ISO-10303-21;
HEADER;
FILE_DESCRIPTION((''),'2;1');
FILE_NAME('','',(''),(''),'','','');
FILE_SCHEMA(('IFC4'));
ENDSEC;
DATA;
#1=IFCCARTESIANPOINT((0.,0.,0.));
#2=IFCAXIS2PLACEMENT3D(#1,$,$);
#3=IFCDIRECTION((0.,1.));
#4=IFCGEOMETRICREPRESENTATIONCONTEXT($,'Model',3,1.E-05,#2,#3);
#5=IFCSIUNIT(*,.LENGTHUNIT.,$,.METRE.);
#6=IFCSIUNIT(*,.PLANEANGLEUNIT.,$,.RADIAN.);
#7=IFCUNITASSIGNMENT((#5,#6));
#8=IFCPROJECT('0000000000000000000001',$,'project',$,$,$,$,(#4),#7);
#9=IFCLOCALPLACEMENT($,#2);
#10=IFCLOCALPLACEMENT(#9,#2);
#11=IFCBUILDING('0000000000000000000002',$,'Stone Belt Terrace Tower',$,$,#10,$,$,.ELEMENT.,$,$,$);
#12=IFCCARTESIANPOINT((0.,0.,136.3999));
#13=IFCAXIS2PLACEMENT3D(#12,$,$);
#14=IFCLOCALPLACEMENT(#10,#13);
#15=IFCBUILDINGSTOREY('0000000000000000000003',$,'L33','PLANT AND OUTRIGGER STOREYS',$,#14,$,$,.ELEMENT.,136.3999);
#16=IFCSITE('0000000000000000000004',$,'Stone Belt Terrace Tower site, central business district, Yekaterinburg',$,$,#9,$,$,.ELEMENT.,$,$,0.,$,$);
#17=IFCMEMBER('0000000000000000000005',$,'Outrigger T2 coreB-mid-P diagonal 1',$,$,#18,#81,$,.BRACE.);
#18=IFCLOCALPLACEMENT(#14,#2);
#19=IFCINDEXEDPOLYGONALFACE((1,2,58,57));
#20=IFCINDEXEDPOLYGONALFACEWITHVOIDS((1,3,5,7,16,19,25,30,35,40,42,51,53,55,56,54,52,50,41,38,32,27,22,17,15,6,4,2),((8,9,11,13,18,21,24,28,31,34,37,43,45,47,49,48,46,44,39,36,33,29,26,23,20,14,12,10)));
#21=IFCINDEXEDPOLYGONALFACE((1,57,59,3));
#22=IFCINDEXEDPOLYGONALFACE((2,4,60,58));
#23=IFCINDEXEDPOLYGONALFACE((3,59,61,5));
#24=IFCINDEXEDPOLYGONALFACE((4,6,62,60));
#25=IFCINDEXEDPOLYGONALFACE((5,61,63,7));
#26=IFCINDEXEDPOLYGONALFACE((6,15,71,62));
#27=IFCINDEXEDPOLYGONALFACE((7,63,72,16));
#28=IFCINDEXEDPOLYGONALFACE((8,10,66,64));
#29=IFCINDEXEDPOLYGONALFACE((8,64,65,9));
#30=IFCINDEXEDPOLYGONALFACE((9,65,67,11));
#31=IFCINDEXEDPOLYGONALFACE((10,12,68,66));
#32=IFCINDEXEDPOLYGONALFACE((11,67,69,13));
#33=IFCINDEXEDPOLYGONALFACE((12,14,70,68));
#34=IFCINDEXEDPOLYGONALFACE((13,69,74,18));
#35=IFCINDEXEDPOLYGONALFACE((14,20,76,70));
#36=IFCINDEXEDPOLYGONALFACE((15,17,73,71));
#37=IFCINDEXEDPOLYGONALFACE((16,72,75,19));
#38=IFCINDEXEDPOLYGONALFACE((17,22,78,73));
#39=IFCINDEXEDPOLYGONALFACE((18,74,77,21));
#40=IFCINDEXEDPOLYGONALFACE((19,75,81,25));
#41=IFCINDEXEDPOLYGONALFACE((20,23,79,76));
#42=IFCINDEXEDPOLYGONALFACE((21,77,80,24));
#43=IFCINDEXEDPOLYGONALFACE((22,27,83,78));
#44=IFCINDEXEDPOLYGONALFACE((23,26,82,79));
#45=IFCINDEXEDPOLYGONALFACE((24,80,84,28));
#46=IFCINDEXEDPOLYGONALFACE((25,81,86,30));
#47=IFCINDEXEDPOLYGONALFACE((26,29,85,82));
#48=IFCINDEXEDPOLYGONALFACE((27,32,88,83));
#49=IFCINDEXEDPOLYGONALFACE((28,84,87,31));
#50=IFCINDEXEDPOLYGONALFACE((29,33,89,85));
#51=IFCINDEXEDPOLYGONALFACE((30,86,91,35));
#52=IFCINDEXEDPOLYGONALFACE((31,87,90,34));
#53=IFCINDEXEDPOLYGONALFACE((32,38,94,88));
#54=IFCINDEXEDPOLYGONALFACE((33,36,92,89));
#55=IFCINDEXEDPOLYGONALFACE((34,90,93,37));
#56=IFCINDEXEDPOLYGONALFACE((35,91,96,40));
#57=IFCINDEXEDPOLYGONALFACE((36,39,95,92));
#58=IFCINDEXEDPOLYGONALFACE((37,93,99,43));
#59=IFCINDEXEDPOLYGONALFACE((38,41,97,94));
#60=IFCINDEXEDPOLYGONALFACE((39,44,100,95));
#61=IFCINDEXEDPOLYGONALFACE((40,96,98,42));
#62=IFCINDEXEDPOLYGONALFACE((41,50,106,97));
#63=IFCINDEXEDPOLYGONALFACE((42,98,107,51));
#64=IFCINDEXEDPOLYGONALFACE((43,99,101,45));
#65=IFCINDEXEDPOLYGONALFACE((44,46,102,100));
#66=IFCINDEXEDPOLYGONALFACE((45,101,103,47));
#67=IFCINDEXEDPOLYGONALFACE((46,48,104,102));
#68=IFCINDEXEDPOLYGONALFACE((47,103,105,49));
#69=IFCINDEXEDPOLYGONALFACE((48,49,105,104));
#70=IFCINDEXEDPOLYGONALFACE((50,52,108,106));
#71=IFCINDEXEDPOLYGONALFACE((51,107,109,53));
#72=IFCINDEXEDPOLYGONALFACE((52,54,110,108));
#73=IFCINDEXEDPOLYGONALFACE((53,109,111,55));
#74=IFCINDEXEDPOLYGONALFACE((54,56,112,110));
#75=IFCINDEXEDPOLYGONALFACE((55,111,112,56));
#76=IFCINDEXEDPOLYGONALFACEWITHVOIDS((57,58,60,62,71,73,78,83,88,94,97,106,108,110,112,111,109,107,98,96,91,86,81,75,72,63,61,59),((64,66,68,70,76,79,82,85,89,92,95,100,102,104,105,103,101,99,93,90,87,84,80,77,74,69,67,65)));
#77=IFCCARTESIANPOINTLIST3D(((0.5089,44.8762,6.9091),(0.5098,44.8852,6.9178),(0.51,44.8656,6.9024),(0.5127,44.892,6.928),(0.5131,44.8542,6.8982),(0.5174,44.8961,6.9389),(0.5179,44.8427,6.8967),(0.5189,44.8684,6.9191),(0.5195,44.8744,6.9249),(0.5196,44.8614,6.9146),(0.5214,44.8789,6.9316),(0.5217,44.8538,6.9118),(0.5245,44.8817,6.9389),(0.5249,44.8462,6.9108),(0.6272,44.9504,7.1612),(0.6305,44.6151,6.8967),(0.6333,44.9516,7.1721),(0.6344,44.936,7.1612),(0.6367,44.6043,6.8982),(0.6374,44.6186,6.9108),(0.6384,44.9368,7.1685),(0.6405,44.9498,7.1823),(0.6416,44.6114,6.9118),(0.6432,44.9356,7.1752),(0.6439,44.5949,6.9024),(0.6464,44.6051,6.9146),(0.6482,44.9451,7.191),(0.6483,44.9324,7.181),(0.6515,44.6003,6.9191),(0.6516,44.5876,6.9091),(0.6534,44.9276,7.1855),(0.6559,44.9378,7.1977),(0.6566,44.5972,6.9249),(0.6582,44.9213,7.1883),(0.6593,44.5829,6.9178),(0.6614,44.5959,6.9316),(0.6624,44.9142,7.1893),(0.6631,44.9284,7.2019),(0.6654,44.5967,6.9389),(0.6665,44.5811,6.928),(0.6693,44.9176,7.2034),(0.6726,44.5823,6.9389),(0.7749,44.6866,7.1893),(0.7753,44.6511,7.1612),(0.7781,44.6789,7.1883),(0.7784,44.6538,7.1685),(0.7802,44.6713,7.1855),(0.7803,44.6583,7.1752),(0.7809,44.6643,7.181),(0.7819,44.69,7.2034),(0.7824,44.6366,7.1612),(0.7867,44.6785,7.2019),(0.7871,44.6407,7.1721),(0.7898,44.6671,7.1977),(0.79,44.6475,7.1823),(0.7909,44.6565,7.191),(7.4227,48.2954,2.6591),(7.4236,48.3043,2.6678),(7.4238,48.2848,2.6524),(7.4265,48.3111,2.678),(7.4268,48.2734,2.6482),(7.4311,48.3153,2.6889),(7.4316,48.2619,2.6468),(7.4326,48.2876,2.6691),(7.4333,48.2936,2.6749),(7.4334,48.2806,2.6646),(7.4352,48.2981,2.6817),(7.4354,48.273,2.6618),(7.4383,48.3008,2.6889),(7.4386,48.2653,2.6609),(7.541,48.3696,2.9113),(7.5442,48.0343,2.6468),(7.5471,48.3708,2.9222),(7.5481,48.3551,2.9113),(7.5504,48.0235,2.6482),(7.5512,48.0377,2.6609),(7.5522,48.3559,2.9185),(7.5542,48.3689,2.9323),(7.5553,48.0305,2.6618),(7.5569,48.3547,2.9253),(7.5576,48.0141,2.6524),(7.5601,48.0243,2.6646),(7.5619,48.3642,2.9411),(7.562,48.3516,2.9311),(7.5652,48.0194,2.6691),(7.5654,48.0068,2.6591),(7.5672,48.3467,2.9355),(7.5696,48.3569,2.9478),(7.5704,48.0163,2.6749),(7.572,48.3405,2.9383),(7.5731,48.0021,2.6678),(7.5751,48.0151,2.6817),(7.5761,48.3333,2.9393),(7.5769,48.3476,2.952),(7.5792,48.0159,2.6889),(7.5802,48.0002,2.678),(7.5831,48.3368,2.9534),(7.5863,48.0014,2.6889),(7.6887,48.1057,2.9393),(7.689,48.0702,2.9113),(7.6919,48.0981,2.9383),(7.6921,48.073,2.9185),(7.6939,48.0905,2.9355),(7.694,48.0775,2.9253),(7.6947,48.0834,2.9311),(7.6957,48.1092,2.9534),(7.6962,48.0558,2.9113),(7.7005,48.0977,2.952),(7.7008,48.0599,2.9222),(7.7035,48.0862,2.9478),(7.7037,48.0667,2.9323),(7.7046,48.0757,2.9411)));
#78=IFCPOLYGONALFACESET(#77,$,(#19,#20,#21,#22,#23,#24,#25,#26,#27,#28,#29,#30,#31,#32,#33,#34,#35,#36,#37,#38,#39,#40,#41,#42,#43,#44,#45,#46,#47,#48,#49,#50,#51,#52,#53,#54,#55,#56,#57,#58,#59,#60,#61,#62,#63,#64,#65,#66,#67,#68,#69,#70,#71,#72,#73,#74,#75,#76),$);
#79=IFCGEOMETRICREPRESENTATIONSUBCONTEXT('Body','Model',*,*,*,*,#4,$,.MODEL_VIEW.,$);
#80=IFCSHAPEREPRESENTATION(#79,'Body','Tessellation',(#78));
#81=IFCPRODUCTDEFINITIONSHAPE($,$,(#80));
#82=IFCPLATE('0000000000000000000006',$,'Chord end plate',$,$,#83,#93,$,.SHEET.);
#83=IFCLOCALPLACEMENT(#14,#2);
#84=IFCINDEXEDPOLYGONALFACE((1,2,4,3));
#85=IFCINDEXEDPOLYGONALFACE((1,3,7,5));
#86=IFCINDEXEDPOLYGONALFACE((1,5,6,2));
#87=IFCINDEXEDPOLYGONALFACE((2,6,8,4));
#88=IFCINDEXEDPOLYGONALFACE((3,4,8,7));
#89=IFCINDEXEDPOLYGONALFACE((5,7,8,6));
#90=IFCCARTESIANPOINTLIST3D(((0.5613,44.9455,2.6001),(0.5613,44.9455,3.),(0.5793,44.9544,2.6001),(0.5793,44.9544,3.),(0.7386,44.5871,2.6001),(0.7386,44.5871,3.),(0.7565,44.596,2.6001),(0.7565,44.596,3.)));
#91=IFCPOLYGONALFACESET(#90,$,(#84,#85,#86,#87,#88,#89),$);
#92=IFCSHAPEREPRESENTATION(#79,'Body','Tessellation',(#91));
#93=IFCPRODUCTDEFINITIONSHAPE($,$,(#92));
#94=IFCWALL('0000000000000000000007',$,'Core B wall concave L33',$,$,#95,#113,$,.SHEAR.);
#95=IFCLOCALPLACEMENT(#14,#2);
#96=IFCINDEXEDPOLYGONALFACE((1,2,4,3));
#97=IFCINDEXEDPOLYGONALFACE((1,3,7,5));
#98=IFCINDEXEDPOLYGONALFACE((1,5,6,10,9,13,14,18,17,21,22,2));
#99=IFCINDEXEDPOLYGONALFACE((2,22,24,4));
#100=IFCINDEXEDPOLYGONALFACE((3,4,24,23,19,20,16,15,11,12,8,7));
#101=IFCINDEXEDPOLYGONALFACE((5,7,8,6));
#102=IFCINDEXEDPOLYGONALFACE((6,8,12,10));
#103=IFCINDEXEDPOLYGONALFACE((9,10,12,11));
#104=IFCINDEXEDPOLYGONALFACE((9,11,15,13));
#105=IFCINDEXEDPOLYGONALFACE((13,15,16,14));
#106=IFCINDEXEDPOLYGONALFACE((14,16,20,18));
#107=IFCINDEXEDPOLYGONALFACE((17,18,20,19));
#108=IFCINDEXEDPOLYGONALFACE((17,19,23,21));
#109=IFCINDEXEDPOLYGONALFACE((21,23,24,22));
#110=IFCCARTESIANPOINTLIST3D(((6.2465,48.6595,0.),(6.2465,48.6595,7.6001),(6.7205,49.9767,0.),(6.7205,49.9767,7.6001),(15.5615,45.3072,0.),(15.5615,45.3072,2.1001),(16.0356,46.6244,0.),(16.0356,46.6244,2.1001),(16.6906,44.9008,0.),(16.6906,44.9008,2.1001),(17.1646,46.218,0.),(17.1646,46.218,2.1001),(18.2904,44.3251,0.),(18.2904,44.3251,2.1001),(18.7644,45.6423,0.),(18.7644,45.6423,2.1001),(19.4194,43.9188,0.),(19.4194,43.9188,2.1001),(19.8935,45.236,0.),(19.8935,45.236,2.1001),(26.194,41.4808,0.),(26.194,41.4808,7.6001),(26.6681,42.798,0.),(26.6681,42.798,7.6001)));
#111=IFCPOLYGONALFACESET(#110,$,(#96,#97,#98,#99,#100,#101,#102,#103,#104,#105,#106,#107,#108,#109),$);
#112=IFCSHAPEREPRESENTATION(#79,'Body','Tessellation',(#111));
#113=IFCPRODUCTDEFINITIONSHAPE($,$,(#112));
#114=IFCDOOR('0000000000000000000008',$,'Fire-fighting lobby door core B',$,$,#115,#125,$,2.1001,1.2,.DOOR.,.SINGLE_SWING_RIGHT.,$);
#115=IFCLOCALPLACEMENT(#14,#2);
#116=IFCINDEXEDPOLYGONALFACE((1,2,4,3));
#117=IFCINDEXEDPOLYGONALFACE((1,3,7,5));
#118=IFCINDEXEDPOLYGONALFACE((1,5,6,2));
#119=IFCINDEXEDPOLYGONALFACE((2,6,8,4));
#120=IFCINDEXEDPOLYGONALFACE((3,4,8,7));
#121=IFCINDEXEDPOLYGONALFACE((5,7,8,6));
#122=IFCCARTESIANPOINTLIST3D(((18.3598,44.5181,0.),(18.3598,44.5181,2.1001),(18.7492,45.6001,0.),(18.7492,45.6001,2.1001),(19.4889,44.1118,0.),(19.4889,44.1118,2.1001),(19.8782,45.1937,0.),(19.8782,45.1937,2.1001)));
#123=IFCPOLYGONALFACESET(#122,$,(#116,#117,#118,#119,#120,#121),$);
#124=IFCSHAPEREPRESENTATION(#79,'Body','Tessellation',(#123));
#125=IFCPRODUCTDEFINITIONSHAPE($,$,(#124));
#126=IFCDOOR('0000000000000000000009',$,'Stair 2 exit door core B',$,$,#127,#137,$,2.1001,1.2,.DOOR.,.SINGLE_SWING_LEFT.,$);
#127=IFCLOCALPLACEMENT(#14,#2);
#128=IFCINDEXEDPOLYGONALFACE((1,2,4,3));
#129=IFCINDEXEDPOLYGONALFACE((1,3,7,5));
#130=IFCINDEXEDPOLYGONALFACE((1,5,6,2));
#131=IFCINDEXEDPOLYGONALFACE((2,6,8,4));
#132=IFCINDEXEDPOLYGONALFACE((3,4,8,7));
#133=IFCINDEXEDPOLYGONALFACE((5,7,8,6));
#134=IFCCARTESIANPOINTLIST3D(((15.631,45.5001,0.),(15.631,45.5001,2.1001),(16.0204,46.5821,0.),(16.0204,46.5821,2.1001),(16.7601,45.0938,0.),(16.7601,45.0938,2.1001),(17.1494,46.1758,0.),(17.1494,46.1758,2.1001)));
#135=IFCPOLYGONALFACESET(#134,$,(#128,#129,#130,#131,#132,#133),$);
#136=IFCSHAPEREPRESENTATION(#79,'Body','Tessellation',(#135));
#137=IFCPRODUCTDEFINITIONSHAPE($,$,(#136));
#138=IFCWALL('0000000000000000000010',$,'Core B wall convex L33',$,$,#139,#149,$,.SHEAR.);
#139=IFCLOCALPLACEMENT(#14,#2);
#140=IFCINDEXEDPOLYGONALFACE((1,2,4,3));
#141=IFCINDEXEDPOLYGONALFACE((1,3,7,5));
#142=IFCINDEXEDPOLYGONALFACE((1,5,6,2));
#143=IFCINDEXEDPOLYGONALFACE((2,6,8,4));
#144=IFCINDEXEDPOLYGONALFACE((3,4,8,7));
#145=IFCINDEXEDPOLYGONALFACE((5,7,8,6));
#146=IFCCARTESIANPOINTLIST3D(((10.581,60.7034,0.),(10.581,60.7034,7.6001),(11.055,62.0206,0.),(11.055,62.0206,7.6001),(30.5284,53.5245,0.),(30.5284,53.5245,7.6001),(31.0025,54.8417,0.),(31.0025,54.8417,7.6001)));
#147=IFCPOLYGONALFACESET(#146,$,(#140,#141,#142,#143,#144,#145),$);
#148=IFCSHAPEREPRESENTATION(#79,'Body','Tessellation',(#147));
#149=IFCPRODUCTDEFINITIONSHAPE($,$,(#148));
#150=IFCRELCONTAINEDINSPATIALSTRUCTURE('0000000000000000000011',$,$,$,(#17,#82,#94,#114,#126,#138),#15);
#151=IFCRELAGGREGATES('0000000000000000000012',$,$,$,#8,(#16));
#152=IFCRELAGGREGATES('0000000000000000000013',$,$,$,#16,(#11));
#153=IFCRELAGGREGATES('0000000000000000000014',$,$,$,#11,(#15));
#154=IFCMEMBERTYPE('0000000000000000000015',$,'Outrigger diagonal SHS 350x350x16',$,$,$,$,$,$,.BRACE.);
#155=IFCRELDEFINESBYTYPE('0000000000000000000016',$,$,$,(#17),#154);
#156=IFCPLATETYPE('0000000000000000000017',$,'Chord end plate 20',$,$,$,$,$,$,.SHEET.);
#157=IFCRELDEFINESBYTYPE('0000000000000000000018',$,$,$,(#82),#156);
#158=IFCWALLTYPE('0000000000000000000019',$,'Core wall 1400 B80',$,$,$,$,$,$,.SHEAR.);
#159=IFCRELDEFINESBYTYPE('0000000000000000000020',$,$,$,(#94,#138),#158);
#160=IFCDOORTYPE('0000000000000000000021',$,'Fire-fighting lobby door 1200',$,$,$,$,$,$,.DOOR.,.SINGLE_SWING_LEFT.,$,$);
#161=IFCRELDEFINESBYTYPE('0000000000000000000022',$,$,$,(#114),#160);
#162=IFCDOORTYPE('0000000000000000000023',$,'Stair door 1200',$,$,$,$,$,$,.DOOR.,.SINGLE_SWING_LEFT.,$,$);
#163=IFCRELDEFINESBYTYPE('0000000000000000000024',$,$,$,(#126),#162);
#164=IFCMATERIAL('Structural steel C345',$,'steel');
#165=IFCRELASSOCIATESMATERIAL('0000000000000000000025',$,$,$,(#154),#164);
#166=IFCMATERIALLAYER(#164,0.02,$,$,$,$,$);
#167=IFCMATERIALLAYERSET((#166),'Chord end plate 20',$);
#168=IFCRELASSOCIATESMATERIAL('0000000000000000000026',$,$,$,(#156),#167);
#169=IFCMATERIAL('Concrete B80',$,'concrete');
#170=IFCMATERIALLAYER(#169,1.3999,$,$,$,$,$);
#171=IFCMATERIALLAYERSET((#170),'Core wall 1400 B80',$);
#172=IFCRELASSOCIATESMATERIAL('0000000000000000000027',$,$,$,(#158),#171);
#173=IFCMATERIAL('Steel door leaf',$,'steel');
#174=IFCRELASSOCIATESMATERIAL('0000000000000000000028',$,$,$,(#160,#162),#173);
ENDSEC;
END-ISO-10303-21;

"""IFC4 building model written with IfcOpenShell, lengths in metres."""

from ifc_helpers import new_model, si_unit, direction, frame, frame_2d, origin, origin_2d, place, context, subcontext, project, spatial, rectangle, hollow_rectangle, extrude, material, layer, layer_set, material_profile, profile_set, type_object, element, fill, save


model = new_model("IFC4")

# Units and contexts
model_context = context("Model", 3, precision=1e-05, world=origin(), true_north=direction((0.0, 1.0)))
body_context = subcontext(model_context, "Body", "Model", "MODEL_VIEW")
ifc_project = project(units=[si_unit("LENGTHUNIT", "METRE"), si_unit("PLANEANGLEUNIT", "RADIAN")], contexts=[model_context])

# Site, building, storey
site_placement = place(None, origin())
site = spatial("IfcSite", under=ifc_project, at=site_placement, Name="Stone Belt Terrace Tower site, central business district, Yekaterinburg", CompositionType="ELEMENT", RefElevation=0.0)
building_placement = place(site_placement, origin())
building = spatial("IfcBuilding", under=site, at=building_placement, Name="Stone Belt Terrace Tower", CompositionType="ELEMENT")
storey_placement = place(building_placement, frame((0.0, 0.0, 136.3999)))
storey = spatial("IfcBuildingStorey", under=building, at=storey_placement, Name="L33", Description="PLANT AND OUTRIGGER STOREYS", CompositionType="ELEMENT", Elevation=136.3999)

# Shared definitions
ifc_material_1 = material(Name="Concrete B80", Category="concrete")

# Member
ifc_material_2 = material(Name="Structural steel C345", Category="steel")
ifc_material_profile_1 = material_profile(ifc_material_2, hollow_rectangle(XDim=0.3501, YDim=0.3501, WallThickness=0.0161, InnerFilletRadius=0.032, OuterFilletRadius=0.0481, at=origin_2d()), Name="SHS 350x350x16")
ifc_profile_set_1 = profile_set([ifc_material_profile_1], Name="Structural steel C345")
member_type_1 = type_object("IfcMemberType", Name="Outrigger diagonal SHS 350x350x16", PredefinedType="BRACE", material=ifc_profile_set_1)
member_1_placement = place(storey_placement, frame((0.6499, 44.7664, 7.05), z_axis=(0.785082, 0.388258, -0.482599), x_axis=(-0.443297, 0.896375, 0.0)))
element("IfcMember", 1, at=member_1_placement, inside=storey, type_object=member_type_1, Name="Outrigger T2 coreB-mid-P diagonal 1", PredefinedType="BRACE", context=body_context, shape_type="SweptSolid", body=[
    extrude(hollow_rectangle(XDim=0.3501, YDim=0.3501, WallThickness=0.0161, InnerFilletRadius=0.032, OuterFilletRadius=0.0481, at=origin_2d()), origin(), (0.0, 0.0, 1.0), 8.8064),
])

# Plate
ifc_layer_1 = layer(ifc_material_2, 0.02)
ifc_layer_set_1 = layer_set([ifc_layer_1], Name="Chord end plate 20")
plate_type = type_object("IfcPlateType", Name="Chord end plate 20", PredefinedType="SHEET", material=ifc_layer_set_1)
plate_placement = place(storey_placement, frame((0.6589, 44.7708, 2.6001), z_axis=(0.0, 0.0, 1.0), x_axis=(-0.896377, -0.443292, 0.0)))
element("IfcPlate", 2, at=plate_placement, inside=storey, type_object=plate_type, Name="Chord end plate", PredefinedType="SHEET", context=body_context, shape_type="SweptSolid", body=[
    extrude(rectangle(XDim=0.02, YDim=0.3999, at=origin_2d()), origin(), (0.0, 0.0, 1.0), 0.3999),
])

# Wall, openings, doors
ifc_layer_2 = layer(ifc_material_1, 1.3999)
ifc_layer_set_2 = layer_set([ifc_layer_2], Name="Core wall 1400 B80")
wall_type_1 = type_object("IfcWallType", Name="Core wall 1400 B80", PredefinedType="SHEAR", material=ifc_layer_set_2)
wall_1_placement = place(storey_placement, frame((6.4834, 49.3181, 0.0), z_axis=(0.0, 0.0, 1.0), x_axis=(0.940923, -0.33862, 0.0)))
wall_1 = element("IfcWall", 3, at=wall_1_placement, inside=storey, type_object=wall_type_1, Name="Core B wall concave L33", PredefinedType="SHEAR", context=body_context, shape_type="SweptSolid", body=[
    extrude(rectangle(XDim=21.2, YDim=1.3999, at=frame_2d((10.6001, 0.0))), origin(), (0.0, 0.0, 1.0), 7.6001),
])
opening_1_placement = place(wall_1_placement, frame((12.8, 0.0, 0.0)))
opening_1 = element("IfcOpeningElement", 4, at=opening_1_placement, cuts=wall_1, PredefinedType="OPENING", context=body_context, shape_type="SweptSolid", body=[
    extrude(rectangle(XDim=1.2, YDim=2.1001, at=frame_2d((0.6001, 1.05))), frame((0.0, 0.71, 0.0), z_axis=(0.0, -1.0, 0.0), x_axis=(1.0, 0.0, 0.0)), (0.0, 0.0, 1.0), 1.4199),
])
opening_2_placement = place(wall_1_placement, frame((9.8999, 0.0, 0.0)))
opening_2 = element("IfcOpeningElement", 5, at=opening_2_placement, cuts=wall_1, PredefinedType="OPENING", context=body_context, shape_type="SweptSolid", body=[
    extrude(rectangle(XDim=1.2, YDim=2.1001, at=frame_2d((0.6001, 1.05))), frame((0.0, 0.71, 0.0), z_axis=(0.0, -1.0, 0.0), x_axis=(1.0, 0.0, 0.0)), (0.0, 0.0, 1.0), 1.4199),
])
ifc_material_3 = material(Name="Steel door leaf", Category="steel")
door_type_1 = type_object("IfcDoorType", Name="Fire-fighting lobby door 1200", OperationType="SINGLE_SWING_LEFT", PredefinedType="DOOR", material=ifc_material_3)
door_1_placement = place(opening_1_placement, origin())
door_1 = element("IfcDoor", 6, at=door_1_placement, inside=storey, type_object=door_type_1, Name="Fire-fighting lobby door core B", OperationType="SINGLE_SWING_RIGHT", OverallHeight=2.1001, OverallWidth=1.2, PredefinedType="DOOR", context=body_context, shape_type="SweptSolid", body=[
    extrude(rectangle(XDim=1.2, YDim=2.1001, at=frame_2d((0.6001, 1.05))), frame((0.0, 0.655, 0.0), z_axis=(0.0, -1.0, 0.0), x_axis=(1.0, 0.0, 0.0)), (0.0, 0.0, 1.0), 1.1499),
])
fill(opening_1, door_1)
door_type_2 = type_object("IfcDoorType", Name="Stair door 1200", OperationType="SINGLE_SWING_LEFT", PredefinedType="DOOR", material=ifc_material_3)
door_2_placement = place(opening_2_placement, origin())
door_2 = element("IfcDoor", 7, at=door_2_placement, inside=storey, type_object=door_type_2, Name="Stair 2 exit door core B", OperationType="SINGLE_SWING_LEFT", OverallHeight=2.1001, OverallWidth=1.2, PredefinedType="DOOR", context=body_context, shape_type="SweptSolid", body=[
    extrude(rectangle(XDim=1.2, YDim=2.1001, at=frame_2d((0.6001, 1.05))), frame((0.0, 0.655, 0.0), z_axis=(0.0, -1.0, 0.0), x_axis=(1.0, 0.0, 0.0)), (0.0, 0.0, 1.0), 1.1499),
])
fill(opening_2, door_2)

# Wall
wall_2_placement = place(storey_placement, frame((10.8179, 61.3621, 0.0), z_axis=(0.0, 0.0, 1.0), x_axis=(0.94092, -0.33863, 0.0)))
element("IfcWall", 8, at=wall_2_placement, inside=storey, type_object=wall_type_1, Name="Core B wall convex L33", PredefinedType="SHEAR", context=body_context, shape_type="SweptSolid", body=[
    extrude(rectangle(XDim=21.2, YDim=1.3999, at=frame_2d((10.6001, 0.0))), origin(), (0.0, 0.0, 1.0), 7.6001),
])

save(model, "model.ifc")
